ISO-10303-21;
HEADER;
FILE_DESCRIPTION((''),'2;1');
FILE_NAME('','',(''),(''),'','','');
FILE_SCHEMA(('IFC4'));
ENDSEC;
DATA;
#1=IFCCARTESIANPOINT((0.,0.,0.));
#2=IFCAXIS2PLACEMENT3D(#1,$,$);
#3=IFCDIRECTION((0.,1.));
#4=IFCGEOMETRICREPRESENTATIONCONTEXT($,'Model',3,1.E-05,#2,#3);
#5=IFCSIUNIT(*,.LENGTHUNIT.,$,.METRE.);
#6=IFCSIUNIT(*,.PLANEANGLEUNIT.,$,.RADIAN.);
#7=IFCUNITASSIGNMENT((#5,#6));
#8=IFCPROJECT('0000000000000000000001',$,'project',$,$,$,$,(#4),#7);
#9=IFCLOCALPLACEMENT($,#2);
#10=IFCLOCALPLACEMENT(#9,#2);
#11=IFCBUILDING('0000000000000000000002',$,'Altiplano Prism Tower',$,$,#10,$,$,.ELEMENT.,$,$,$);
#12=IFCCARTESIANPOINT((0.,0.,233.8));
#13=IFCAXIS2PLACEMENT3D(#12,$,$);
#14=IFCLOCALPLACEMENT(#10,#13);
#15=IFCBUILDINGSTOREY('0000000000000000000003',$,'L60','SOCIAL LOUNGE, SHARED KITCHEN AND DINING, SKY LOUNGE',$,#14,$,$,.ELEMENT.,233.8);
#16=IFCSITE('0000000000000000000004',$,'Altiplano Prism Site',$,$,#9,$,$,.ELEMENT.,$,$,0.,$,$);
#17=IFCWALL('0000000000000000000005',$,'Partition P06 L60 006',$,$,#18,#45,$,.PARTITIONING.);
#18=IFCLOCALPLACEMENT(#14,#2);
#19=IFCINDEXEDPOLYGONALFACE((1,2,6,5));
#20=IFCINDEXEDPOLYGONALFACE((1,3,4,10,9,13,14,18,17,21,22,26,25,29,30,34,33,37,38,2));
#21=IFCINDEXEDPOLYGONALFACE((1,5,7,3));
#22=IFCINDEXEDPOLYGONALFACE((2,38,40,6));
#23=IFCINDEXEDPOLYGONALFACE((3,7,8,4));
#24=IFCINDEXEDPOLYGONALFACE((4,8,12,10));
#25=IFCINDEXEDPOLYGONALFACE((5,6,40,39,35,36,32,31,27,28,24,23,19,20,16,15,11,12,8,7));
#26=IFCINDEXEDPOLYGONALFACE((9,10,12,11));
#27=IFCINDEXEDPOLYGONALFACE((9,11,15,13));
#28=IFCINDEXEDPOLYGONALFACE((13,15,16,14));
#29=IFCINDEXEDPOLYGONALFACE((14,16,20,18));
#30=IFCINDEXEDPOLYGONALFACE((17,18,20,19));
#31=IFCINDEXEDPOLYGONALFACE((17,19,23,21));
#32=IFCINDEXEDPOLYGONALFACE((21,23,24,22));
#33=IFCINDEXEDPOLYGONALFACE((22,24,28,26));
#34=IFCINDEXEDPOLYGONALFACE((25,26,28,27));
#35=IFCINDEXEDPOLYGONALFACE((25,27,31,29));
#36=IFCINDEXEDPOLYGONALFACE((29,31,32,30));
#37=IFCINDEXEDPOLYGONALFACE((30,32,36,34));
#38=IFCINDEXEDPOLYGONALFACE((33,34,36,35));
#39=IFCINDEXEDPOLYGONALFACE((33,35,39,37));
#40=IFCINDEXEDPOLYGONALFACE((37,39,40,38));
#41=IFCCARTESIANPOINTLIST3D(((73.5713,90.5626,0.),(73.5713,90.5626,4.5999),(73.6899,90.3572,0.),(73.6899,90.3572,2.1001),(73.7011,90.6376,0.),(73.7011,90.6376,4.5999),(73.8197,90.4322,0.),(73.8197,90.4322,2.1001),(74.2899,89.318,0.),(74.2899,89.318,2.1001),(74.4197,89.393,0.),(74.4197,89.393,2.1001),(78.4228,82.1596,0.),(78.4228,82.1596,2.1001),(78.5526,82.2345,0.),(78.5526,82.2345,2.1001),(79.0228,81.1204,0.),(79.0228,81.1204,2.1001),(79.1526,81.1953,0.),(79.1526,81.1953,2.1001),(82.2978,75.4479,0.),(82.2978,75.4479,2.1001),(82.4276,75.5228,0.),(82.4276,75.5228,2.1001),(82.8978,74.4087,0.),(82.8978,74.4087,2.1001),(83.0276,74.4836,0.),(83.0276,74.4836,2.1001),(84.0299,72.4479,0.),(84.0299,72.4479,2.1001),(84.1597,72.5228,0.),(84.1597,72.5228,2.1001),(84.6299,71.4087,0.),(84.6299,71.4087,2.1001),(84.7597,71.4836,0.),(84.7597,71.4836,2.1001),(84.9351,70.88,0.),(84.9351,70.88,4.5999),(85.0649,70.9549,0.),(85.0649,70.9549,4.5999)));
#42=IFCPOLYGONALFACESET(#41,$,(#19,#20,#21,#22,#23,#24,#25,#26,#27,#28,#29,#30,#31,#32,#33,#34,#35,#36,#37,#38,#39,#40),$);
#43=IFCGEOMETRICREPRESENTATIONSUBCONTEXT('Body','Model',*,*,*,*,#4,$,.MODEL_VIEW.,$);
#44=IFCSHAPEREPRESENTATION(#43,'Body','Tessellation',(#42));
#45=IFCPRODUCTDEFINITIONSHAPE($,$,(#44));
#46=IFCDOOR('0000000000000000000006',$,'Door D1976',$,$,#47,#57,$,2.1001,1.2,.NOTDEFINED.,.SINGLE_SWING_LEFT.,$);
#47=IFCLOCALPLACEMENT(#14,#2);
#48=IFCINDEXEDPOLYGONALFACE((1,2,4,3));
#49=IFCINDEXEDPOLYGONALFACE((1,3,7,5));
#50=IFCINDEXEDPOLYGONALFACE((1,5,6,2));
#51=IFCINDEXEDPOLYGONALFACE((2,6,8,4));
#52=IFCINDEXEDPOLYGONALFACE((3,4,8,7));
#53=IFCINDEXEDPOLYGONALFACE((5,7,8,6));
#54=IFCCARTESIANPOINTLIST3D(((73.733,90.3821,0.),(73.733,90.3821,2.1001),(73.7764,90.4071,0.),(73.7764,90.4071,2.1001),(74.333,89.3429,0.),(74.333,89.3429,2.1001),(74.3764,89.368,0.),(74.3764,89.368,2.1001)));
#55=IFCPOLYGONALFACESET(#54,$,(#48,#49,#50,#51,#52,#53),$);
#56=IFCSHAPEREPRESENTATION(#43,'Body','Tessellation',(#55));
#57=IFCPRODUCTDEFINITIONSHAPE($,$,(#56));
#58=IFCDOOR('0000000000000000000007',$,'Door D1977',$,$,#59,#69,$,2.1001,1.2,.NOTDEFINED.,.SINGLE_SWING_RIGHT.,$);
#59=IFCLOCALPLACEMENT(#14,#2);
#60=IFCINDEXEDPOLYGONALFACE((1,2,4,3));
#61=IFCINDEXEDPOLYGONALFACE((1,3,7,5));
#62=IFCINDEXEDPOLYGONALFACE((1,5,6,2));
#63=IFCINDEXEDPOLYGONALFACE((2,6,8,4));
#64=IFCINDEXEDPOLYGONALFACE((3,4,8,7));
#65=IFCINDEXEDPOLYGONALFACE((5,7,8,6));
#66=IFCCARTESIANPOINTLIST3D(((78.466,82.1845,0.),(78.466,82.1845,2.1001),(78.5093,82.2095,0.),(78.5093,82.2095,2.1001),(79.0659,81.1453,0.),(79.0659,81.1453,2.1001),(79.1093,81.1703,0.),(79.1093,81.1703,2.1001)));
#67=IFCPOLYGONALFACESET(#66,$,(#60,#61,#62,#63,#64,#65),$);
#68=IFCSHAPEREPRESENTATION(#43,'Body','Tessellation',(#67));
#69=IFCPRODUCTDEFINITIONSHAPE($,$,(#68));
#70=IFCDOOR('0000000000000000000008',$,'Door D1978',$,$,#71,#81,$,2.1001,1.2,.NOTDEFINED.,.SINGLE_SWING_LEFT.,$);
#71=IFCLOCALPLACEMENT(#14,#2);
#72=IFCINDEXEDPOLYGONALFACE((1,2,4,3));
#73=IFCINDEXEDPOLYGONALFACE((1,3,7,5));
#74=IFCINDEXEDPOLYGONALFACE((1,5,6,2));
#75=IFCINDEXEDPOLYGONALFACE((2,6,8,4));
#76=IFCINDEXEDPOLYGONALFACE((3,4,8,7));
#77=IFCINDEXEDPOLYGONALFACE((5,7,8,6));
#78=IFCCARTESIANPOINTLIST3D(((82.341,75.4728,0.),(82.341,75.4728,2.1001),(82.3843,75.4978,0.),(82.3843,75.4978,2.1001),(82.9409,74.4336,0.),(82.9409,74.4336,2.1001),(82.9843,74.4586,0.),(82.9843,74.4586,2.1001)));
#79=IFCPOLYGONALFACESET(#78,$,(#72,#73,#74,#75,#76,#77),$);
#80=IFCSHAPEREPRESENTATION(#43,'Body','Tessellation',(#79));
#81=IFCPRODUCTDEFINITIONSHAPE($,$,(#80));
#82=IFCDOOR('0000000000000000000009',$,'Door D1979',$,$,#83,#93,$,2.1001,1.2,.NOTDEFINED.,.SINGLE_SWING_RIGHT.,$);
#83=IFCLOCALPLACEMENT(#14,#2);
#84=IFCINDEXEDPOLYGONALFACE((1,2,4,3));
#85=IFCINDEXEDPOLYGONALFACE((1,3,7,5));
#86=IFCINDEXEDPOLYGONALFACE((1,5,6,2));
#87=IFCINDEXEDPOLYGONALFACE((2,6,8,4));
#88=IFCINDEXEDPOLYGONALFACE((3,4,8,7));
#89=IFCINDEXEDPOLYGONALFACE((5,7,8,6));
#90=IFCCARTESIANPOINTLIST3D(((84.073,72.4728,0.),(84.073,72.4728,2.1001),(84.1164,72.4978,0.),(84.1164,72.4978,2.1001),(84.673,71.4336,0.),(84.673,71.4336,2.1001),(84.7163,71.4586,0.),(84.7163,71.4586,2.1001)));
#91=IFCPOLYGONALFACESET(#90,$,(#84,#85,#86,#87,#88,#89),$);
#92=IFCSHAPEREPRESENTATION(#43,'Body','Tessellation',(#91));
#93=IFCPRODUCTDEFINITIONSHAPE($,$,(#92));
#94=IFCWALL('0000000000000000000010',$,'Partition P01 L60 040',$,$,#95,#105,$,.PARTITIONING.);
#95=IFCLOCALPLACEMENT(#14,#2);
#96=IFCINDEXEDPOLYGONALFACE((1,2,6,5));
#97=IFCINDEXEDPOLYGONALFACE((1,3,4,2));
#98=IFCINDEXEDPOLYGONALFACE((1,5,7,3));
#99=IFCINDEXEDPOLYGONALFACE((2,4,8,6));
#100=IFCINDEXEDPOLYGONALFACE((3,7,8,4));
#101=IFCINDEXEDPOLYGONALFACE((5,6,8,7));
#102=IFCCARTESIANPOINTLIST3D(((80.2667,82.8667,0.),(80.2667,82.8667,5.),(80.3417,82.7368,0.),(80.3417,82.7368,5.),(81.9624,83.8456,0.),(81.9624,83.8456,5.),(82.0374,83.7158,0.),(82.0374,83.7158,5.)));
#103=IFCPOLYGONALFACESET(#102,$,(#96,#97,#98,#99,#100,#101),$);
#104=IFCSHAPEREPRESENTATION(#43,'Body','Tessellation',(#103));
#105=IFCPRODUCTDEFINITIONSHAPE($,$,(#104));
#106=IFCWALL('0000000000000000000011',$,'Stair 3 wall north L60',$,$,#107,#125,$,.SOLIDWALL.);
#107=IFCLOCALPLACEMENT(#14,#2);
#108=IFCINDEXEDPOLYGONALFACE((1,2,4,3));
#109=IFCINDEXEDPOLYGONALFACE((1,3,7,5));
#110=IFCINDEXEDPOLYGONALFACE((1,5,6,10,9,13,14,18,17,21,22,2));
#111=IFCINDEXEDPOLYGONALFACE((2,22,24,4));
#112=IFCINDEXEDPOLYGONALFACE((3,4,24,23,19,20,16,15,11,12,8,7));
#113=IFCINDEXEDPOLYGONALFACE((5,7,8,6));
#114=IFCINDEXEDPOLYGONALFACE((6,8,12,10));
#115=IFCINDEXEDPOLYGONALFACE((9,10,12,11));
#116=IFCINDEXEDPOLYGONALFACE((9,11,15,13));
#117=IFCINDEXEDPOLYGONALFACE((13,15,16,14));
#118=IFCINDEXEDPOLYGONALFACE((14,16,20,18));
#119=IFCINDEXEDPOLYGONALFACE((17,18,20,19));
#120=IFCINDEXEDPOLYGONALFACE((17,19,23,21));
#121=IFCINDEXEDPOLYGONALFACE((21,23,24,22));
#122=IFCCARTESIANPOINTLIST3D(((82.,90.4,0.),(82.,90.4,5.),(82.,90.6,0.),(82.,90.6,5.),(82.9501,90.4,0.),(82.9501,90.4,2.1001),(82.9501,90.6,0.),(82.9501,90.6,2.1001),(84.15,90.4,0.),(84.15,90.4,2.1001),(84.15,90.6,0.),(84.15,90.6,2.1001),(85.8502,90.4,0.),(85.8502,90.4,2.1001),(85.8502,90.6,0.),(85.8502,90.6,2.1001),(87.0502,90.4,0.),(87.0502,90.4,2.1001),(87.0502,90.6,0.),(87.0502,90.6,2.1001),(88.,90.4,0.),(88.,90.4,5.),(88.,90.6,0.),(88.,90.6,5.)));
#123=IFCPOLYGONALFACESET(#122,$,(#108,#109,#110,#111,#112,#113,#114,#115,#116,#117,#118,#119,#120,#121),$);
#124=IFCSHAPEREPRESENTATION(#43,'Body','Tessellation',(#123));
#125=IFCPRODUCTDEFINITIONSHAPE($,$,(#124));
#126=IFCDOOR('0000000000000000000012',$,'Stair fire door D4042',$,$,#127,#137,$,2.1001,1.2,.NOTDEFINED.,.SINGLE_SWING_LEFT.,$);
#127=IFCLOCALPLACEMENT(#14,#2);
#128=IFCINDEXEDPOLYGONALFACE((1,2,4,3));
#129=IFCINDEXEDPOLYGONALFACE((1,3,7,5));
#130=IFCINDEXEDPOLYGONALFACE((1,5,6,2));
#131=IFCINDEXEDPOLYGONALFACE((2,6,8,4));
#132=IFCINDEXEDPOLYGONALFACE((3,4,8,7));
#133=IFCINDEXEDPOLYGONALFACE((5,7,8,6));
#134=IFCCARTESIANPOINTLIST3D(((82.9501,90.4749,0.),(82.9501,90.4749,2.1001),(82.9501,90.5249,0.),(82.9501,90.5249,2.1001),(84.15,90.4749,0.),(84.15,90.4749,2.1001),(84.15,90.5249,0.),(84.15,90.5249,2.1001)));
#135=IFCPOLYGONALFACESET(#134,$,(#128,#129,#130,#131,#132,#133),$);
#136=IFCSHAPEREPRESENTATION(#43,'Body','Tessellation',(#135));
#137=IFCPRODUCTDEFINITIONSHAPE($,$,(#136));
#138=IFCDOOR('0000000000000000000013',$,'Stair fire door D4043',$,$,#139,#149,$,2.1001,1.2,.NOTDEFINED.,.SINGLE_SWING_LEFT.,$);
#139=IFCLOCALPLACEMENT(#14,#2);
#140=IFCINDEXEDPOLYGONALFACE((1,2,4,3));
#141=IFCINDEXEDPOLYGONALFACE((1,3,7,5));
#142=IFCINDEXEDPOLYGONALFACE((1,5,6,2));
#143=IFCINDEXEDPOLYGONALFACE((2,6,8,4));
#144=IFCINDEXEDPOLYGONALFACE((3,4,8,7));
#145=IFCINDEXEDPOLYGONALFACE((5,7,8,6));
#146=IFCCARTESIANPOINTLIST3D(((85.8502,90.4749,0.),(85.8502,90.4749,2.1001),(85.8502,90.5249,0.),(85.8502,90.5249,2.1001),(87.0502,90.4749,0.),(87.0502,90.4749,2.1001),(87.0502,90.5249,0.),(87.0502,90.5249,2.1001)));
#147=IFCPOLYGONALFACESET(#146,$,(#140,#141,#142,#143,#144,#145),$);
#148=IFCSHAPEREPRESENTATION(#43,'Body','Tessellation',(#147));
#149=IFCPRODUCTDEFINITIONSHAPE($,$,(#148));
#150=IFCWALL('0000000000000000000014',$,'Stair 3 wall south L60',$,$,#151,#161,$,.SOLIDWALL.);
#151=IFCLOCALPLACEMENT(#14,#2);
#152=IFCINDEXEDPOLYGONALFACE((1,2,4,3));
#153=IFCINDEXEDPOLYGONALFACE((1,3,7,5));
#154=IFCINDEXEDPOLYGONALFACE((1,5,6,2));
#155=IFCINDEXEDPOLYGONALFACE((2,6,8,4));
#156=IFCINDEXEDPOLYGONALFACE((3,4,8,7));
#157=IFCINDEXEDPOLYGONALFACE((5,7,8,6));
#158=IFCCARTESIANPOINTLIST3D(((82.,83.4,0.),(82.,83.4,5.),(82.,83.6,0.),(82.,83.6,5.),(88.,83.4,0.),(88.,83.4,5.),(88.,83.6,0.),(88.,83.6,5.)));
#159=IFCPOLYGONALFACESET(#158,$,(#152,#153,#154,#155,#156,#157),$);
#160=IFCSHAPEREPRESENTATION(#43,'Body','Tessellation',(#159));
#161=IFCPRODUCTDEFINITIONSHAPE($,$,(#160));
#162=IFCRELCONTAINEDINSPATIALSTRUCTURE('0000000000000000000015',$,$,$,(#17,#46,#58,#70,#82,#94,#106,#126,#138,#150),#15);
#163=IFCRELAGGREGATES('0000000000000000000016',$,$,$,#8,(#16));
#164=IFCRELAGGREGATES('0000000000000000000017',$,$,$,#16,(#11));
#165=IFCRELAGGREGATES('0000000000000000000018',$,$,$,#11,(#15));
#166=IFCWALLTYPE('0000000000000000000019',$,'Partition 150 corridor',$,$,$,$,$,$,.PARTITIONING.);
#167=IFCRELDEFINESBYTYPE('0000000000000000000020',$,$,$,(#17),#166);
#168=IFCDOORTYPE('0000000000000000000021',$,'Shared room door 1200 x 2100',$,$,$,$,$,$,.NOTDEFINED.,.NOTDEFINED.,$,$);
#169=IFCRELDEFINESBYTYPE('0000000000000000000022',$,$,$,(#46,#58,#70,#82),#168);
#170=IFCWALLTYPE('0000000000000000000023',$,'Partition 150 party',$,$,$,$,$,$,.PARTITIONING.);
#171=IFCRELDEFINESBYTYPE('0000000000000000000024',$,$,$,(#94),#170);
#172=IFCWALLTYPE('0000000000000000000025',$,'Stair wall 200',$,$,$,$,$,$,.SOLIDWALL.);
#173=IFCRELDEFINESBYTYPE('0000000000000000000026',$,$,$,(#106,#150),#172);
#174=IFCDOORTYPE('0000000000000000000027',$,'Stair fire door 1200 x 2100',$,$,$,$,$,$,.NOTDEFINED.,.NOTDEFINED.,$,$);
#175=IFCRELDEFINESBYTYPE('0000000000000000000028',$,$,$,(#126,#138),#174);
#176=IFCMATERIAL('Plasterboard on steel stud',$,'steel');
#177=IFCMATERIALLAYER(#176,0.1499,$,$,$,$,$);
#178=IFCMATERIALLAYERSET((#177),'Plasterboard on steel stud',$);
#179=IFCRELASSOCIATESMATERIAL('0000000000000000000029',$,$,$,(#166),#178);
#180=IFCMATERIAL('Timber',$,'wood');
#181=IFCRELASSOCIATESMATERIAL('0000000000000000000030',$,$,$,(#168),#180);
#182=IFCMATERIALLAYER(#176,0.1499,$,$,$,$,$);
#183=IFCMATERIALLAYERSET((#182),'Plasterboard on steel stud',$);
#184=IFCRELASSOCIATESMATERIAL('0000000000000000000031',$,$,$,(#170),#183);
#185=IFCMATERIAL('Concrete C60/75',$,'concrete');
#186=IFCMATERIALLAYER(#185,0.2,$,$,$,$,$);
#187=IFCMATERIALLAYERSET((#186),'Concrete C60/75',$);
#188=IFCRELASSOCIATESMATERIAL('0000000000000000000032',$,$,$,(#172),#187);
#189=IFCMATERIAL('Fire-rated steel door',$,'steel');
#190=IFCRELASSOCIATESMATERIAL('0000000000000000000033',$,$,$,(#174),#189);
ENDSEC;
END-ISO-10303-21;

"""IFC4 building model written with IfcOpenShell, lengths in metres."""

from ifc_helpers import new_model, si_unit, direction, frame, frame_2d, origin, place, context, subcontext, project, spatial, rectangle, extrude, material, layer, layer_set, type_object, element, fill, save


model = new_model("IFC4")

# Units and contexts
model_context = context("Model", 3, precision=1e-05, world=origin(), true_north=direction((0.0, 1.0)))
body_context = subcontext(model_context, "Body", "Model", "MODEL_VIEW")
ifc_project = project(units=[si_unit("LENGTHUNIT", "METRE"), si_unit("PLANEANGLEUNIT", "RADIAN")], contexts=[model_context])

# Site, building, storey
site_placement = place(None, origin())
site = spatial("IfcSite", under=ifc_project, at=site_placement, Name="Altiplano Prism Site", CompositionType="ELEMENT", RefElevation=0.0)
building_placement = place(site_placement, origin())
building = spatial("IfcBuilding", under=site, at=building_placement, Name="Altiplano Prism Tower", CompositionType="ELEMENT")
storey_placement = place(building_placement, frame((0.0, 0.0, 233.8)))
storey = spatial("IfcBuildingStorey", under=building, at=storey_placement, Name="L60", Description="SOCIAL LOUNGE, SHARED KITCHEN AND DINING, SKY LOUNGE", CompositionType="ELEMENT", Elevation=233.8)

# Shared definitions
ifc_material_1 = material(Name="Concrete C60/75", Category="concrete")

# Shared definitions
ifc_material_2 = material(Name="Plasterboard on steel stud", Category="steel")

# Shared definitions
ifc_layer_1 = layer(ifc_material_2, 0.1499)
ifc_layer_set_1 = layer_set([ifc_layer_1], Name="Plasterboard on steel stud")
wall_type_1 = type_object("IfcWallType", Name="Partition 150 corridor", PredefinedType="PARTITIONING", material=ifc_layer_set_1)
ifc_material_3 = material(Name="Timber", Category="wood")

# Wall, openings, doors
wall_1_placement = place(storey_placement, frame((73.6362, 90.6001, 0.0), z_axis=(0.0, 0.0, 1.0), x_axis=(0.5, -0.866025, 0.0)))
wall_1 = element("IfcWall", 1, at=wall_1_placement, inside=storey, type_object=wall_type_1, Name="Partition P06 L60 006", PredefinedType="PARTITIONING", context=body_context, shape_type="SweptSolid", body=[
    extrude(rectangle(XDim=22.7275, YDim=0.1499, at=frame_2d((11.3638, 0.0))), origin(), (0.0, 0.0, 1.0), 4.5999),
])
opening_1_placement = place(wall_1_placement, frame((0.2371, 0.0, 0.0)))
opening_1 = element("IfcOpeningElement", 2, at=opening_1_placement, cuts=wall_1, PredefinedType="OPENING", context=body_context, shape_type="SweptSolid", body=[
    extrude(rectangle(XDim=1.2, YDim=2.1001, at=frame_2d((0.6001, 1.05))), frame((0.0, 0.0854, 0.0), z_axis=(0.0, -1.0, 0.0), x_axis=(1.0, 0.0, 0.0)), (0.0, 0.0, 1.0), 0.1709),
])
opening_2_placement = place(wall_1_placement, frame((9.7029, 0.0, 0.0)))
opening_2 = element("IfcOpeningElement", 3, at=opening_2_placement, cuts=wall_1, PredefinedType="OPENING", context=body_context, shape_type="SweptSolid", body=[
    extrude(rectangle(XDim=1.2, YDim=2.1001, at=frame_2d((0.6001, 1.05))), frame((0.0, 0.0854, 0.0), z_axis=(0.0, -1.0, 0.0), x_axis=(1.0, 0.0, 0.0)), (0.0, 0.0, 1.0), 0.1709),
])
opening_3_placement = place(wall_1_placement, frame((17.4529, 0.0, 0.0)))
opening_3 = element("IfcOpeningElement", 4, at=opening_3_placement, cuts=wall_1, PredefinedType="OPENING", context=body_context, shape_type="SweptSolid", body=[
    extrude(rectangle(XDim=1.2, YDim=2.1001, at=frame_2d((0.6001, 1.05))), frame((0.0, 0.0854, 0.0), z_axis=(0.0, -1.0, 0.0), x_axis=(1.0, 0.0, 0.0)), (0.0, 0.0, 1.0), 0.1709),
])
opening_4_placement = place(wall_1_placement, frame((20.917, 0.0, 0.0)))
opening_4 = element("IfcOpeningElement", 5, at=opening_4_placement, cuts=wall_1, PredefinedType="OPENING", context=body_context, shape_type="SweptSolid", body=[
    extrude(rectangle(XDim=1.2, YDim=2.1001, at=frame_2d((0.6001, 1.05))), frame((0.0, 0.0854, 0.0), z_axis=(0.0, -1.0, 0.0), x_axis=(1.0, 0.0, 0.0)), (0.0, 0.0, 1.0), 0.1709),
])
door_type_1 = type_object("IfcDoorType", Name="Shared room door 1200 x 2100", OperationType="NOTDEFINED", PredefinedType="NOTDEFINED", material=ifc_material_3)
door_1_placement = place(opening_1_placement, origin())
door_1 = element("IfcDoor", 6, at=door_1_placement, inside=storey, type_object=door_type_1, Name="Door D1976", OperationType="SINGLE_SWING_LEFT", OverallHeight=2.1001, OverallWidth=1.2, PredefinedType="NOTDEFINED", context=body_context, shape_type="SweptSolid", body=[
    extrude(rectangle(XDim=1.2, YDim=2.1001, at=frame_2d((0.6001, 1.05))), frame((0.0, 0.0249, 0.0), z_axis=(0.0, -1.0, 0.0), x_axis=(1.0, 0.0, 0.0)), (0.0, 0.0, 1.0), 0.05),
])
fill(opening_1, door_1)
door_2_placement = place(opening_2_placement, origin())
door_2 = element("IfcDoor", 7, at=door_2_placement, inside=storey, type_object=door_type_1, Name="Door D1977", OperationType="SINGLE_SWING_RIGHT", OverallHeight=2.1001, OverallWidth=1.2, PredefinedType="NOTDEFINED", context=body_context, shape_type="SweptSolid", body=[
    extrude(rectangle(XDim=1.2, YDim=2.1001, at=frame_2d((0.6001, 1.05))), frame((0.0, 0.0249, 0.0), z_axis=(0.0, -1.0, 0.0), x_axis=(1.0, 0.0, 0.0)), (0.0, 0.0, 1.0), 0.05),
])
fill(opening_2, door_2)
door_3_placement = place(opening_3_placement, origin())
door_3 = element("IfcDoor", 8, at=door_3_placement, inside=storey, type_object=door_type_1, Name="Door D1978", OperationType="SINGLE_SWING_LEFT", OverallHeight=2.1001, OverallWidth=1.2, PredefinedType="NOTDEFINED", context=body_context, shape_type="SweptSolid", body=[
    extrude(rectangle(XDim=1.2, YDim=2.1001, at=frame_2d((0.6001, 1.05))), frame((0.0, 0.0249, 0.0), z_axis=(0.0, -1.0, 0.0), x_axis=(1.0, 0.0, 0.0)), (0.0, 0.0, 1.0), 0.05),
])
fill(opening_3, door_3)
door_4_placement = place(opening_4_placement, origin())
door_4 = element("IfcDoor", 9, at=door_4_placement, inside=storey, type_object=door_type_1, Name="Door D1979", OperationType="SINGLE_SWING_RIGHT", OverallHeight=2.1001, OverallWidth=1.2, PredefinedType="NOTDEFINED", context=body_context, shape_type="SweptSolid", body=[
    extrude(rectangle(XDim=1.2, YDim=2.1001, at=frame_2d((0.6001, 1.05))), frame((0.0, 0.0249, 0.0), z_axis=(0.0, -1.0, 0.0), x_axis=(1.0, 0.0, 0.0)), (0.0, 0.0, 1.0), 0.05),
])
fill(opening_4, door_4)

# Wall
ifc_layer_2 = layer(ifc_material_2, 0.1499)
ifc_layer_set_2 = layer_set([ifc_layer_2], Name="Plasterboard on steel stud")
wall_type_2 = type_object("IfcWallType", Name="Partition 150 party", PredefinedType="PARTITIONING", material=ifc_layer_set_2)
wall_2_placement = place(storey_placement, frame((80.3042, 82.8018, 0.0), z_axis=(0.0, 0.0, 1.0), x_axis=(0.86604, 0.499974, 0.0)))
element("IfcWall", 10, at=wall_2_placement, inside=storey, type_object=wall_type_2, Name="Partition P01 L60 040", PredefinedType="PARTITIONING", context=body_context, shape_type="SweptSolid", body=[
    extrude(rectangle(XDim=1.958, YDim=0.1499, at=frame_2d((0.979, 0.0))), origin(), (0.0, 0.0, 1.0), 5.0),
])

# Wall, openings, doors
ifc_layer_3 = layer(ifc_material_1, 0.2)
ifc_layer_set_3 = layer_set([ifc_layer_3], Name="Concrete C60/75")
wall_type_3 = type_object("IfcWallType", Name="Stair wall 200", PredefinedType="SOLIDWALL", material=ifc_layer_set_3)
wall_3_placement = place(storey_placement, frame((82.0, 90.5, 0.0), z_axis=(0.0, 0.0, 1.0), x_axis=(1.0, 0.0, 0.0)))
wall_3 = element("IfcWall", 11, at=wall_3_placement, inside=storey, type_object=wall_type_3, Name="Stair 3 wall north L60", PredefinedType="SOLIDWALL", context=body_context, shape_type="SweptSolid", body=[
    extrude(rectangle(XDim=6.0, YDim=0.2, at=frame_2d((3.0, 0.0))), origin(), (0.0, 0.0, 1.0), 5.0),
])
opening_5_placement = place(wall_3_placement, frame((0.95, 0.0, 0.0)))
opening_5 = element("IfcOpeningElement", 12, at=opening_5_placement, cuts=wall_3, PredefinedType="OPENING", context=body_context, shape_type="SweptSolid", body=[
    extrude(rectangle(XDim=1.2, YDim=2.1001, at=frame_2d((0.6001, 1.05))), frame((0.0, 0.1104, 0.0), z_axis=(0.0, -1.0, 0.0), x_axis=(1.0, 0.0, 0.0)), (0.0, 0.0, 1.0), 0.2209),
])
opening_6_placement = place(wall_3_placement, frame((3.8501, 0.0, 0.0)))
opening_6 = element("IfcOpeningElement", 13, at=opening_6_placement, cuts=wall_3, PredefinedType="OPENING", context=body_context, shape_type="SweptSolid", body=[
    extrude(rectangle(XDim=1.2, YDim=2.1001, at=frame_2d((0.6001, 1.05))), frame((0.0, 0.1104, 0.0), z_axis=(0.0, -1.0, 0.0), x_axis=(1.0, 0.0, 0.0)), (0.0, 0.0, 1.0), 0.2209),
])
ifc_material_4 = material(Name="Fire-rated steel door", Category="steel")
door_type_2 = type_object("IfcDoorType", Name="Stair fire door 1200 x 2100", OperationType="NOTDEFINED", PredefinedType="NOTDEFINED", material=ifc_material_4)
door_5_placement = place(opening_5_placement, origin())
door_5 = element("IfcDoor", 14, at=door_5_placement, inside=storey, type_object=door_type_2, Name="Stair fire door D4042", OperationType="SINGLE_SWING_LEFT", OverallHeight=2.1001, OverallWidth=1.2, PredefinedType="NOTDEFINED", context=body_context, shape_type="SweptSolid", body=[
    extrude(rectangle(XDim=1.2, YDim=2.1001, at=frame_2d((0.6001, 1.05))), frame((0.0, 0.0249, 0.0), z_axis=(0.0, -1.0, 0.0), x_axis=(1.0, 0.0, 0.0)), (0.0, 0.0, 1.0), 0.05),
])
fill(opening_5, door_5)
door_6_placement = place(opening_6_placement, origin())
door_6 = element("IfcDoor", 15, at=door_6_placement, inside=storey, type_object=door_type_2, Name="Stair fire door D4043", OperationType="SINGLE_SWING_LEFT", OverallHeight=2.1001, OverallWidth=1.2, PredefinedType="NOTDEFINED", context=body_context, shape_type="SweptSolid", body=[
    extrude(rectangle(XDim=1.2, YDim=2.1001, at=frame_2d((0.6001, 1.05))), frame((0.0, 0.0249, 0.0), z_axis=(0.0, -1.0, 0.0), x_axis=(1.0, 0.0, 0.0)), (0.0, 0.0, 1.0), 0.05),
])
fill(opening_6, door_6)

# Wall
wall_4_placement = place(storey_placement, frame((82.0, 83.5, 0.0), z_axis=(0.0, 0.0, 1.0), x_axis=(1.0, 0.0, 0.0)))
element("IfcWall", 16, at=wall_4_placement, inside=storey, type_object=wall_type_3, Name="Stair 3 wall south L60", PredefinedType="SOLIDWALL", context=body_context, shape_type="SweptSolid", body=[
    extrude(rectangle(XDim=6.0, YDim=0.2, at=frame_2d((3.0, 0.0))), origin(), (0.0, 0.0, 1.0), 5.0),
])

save(model, "model.ifc")
